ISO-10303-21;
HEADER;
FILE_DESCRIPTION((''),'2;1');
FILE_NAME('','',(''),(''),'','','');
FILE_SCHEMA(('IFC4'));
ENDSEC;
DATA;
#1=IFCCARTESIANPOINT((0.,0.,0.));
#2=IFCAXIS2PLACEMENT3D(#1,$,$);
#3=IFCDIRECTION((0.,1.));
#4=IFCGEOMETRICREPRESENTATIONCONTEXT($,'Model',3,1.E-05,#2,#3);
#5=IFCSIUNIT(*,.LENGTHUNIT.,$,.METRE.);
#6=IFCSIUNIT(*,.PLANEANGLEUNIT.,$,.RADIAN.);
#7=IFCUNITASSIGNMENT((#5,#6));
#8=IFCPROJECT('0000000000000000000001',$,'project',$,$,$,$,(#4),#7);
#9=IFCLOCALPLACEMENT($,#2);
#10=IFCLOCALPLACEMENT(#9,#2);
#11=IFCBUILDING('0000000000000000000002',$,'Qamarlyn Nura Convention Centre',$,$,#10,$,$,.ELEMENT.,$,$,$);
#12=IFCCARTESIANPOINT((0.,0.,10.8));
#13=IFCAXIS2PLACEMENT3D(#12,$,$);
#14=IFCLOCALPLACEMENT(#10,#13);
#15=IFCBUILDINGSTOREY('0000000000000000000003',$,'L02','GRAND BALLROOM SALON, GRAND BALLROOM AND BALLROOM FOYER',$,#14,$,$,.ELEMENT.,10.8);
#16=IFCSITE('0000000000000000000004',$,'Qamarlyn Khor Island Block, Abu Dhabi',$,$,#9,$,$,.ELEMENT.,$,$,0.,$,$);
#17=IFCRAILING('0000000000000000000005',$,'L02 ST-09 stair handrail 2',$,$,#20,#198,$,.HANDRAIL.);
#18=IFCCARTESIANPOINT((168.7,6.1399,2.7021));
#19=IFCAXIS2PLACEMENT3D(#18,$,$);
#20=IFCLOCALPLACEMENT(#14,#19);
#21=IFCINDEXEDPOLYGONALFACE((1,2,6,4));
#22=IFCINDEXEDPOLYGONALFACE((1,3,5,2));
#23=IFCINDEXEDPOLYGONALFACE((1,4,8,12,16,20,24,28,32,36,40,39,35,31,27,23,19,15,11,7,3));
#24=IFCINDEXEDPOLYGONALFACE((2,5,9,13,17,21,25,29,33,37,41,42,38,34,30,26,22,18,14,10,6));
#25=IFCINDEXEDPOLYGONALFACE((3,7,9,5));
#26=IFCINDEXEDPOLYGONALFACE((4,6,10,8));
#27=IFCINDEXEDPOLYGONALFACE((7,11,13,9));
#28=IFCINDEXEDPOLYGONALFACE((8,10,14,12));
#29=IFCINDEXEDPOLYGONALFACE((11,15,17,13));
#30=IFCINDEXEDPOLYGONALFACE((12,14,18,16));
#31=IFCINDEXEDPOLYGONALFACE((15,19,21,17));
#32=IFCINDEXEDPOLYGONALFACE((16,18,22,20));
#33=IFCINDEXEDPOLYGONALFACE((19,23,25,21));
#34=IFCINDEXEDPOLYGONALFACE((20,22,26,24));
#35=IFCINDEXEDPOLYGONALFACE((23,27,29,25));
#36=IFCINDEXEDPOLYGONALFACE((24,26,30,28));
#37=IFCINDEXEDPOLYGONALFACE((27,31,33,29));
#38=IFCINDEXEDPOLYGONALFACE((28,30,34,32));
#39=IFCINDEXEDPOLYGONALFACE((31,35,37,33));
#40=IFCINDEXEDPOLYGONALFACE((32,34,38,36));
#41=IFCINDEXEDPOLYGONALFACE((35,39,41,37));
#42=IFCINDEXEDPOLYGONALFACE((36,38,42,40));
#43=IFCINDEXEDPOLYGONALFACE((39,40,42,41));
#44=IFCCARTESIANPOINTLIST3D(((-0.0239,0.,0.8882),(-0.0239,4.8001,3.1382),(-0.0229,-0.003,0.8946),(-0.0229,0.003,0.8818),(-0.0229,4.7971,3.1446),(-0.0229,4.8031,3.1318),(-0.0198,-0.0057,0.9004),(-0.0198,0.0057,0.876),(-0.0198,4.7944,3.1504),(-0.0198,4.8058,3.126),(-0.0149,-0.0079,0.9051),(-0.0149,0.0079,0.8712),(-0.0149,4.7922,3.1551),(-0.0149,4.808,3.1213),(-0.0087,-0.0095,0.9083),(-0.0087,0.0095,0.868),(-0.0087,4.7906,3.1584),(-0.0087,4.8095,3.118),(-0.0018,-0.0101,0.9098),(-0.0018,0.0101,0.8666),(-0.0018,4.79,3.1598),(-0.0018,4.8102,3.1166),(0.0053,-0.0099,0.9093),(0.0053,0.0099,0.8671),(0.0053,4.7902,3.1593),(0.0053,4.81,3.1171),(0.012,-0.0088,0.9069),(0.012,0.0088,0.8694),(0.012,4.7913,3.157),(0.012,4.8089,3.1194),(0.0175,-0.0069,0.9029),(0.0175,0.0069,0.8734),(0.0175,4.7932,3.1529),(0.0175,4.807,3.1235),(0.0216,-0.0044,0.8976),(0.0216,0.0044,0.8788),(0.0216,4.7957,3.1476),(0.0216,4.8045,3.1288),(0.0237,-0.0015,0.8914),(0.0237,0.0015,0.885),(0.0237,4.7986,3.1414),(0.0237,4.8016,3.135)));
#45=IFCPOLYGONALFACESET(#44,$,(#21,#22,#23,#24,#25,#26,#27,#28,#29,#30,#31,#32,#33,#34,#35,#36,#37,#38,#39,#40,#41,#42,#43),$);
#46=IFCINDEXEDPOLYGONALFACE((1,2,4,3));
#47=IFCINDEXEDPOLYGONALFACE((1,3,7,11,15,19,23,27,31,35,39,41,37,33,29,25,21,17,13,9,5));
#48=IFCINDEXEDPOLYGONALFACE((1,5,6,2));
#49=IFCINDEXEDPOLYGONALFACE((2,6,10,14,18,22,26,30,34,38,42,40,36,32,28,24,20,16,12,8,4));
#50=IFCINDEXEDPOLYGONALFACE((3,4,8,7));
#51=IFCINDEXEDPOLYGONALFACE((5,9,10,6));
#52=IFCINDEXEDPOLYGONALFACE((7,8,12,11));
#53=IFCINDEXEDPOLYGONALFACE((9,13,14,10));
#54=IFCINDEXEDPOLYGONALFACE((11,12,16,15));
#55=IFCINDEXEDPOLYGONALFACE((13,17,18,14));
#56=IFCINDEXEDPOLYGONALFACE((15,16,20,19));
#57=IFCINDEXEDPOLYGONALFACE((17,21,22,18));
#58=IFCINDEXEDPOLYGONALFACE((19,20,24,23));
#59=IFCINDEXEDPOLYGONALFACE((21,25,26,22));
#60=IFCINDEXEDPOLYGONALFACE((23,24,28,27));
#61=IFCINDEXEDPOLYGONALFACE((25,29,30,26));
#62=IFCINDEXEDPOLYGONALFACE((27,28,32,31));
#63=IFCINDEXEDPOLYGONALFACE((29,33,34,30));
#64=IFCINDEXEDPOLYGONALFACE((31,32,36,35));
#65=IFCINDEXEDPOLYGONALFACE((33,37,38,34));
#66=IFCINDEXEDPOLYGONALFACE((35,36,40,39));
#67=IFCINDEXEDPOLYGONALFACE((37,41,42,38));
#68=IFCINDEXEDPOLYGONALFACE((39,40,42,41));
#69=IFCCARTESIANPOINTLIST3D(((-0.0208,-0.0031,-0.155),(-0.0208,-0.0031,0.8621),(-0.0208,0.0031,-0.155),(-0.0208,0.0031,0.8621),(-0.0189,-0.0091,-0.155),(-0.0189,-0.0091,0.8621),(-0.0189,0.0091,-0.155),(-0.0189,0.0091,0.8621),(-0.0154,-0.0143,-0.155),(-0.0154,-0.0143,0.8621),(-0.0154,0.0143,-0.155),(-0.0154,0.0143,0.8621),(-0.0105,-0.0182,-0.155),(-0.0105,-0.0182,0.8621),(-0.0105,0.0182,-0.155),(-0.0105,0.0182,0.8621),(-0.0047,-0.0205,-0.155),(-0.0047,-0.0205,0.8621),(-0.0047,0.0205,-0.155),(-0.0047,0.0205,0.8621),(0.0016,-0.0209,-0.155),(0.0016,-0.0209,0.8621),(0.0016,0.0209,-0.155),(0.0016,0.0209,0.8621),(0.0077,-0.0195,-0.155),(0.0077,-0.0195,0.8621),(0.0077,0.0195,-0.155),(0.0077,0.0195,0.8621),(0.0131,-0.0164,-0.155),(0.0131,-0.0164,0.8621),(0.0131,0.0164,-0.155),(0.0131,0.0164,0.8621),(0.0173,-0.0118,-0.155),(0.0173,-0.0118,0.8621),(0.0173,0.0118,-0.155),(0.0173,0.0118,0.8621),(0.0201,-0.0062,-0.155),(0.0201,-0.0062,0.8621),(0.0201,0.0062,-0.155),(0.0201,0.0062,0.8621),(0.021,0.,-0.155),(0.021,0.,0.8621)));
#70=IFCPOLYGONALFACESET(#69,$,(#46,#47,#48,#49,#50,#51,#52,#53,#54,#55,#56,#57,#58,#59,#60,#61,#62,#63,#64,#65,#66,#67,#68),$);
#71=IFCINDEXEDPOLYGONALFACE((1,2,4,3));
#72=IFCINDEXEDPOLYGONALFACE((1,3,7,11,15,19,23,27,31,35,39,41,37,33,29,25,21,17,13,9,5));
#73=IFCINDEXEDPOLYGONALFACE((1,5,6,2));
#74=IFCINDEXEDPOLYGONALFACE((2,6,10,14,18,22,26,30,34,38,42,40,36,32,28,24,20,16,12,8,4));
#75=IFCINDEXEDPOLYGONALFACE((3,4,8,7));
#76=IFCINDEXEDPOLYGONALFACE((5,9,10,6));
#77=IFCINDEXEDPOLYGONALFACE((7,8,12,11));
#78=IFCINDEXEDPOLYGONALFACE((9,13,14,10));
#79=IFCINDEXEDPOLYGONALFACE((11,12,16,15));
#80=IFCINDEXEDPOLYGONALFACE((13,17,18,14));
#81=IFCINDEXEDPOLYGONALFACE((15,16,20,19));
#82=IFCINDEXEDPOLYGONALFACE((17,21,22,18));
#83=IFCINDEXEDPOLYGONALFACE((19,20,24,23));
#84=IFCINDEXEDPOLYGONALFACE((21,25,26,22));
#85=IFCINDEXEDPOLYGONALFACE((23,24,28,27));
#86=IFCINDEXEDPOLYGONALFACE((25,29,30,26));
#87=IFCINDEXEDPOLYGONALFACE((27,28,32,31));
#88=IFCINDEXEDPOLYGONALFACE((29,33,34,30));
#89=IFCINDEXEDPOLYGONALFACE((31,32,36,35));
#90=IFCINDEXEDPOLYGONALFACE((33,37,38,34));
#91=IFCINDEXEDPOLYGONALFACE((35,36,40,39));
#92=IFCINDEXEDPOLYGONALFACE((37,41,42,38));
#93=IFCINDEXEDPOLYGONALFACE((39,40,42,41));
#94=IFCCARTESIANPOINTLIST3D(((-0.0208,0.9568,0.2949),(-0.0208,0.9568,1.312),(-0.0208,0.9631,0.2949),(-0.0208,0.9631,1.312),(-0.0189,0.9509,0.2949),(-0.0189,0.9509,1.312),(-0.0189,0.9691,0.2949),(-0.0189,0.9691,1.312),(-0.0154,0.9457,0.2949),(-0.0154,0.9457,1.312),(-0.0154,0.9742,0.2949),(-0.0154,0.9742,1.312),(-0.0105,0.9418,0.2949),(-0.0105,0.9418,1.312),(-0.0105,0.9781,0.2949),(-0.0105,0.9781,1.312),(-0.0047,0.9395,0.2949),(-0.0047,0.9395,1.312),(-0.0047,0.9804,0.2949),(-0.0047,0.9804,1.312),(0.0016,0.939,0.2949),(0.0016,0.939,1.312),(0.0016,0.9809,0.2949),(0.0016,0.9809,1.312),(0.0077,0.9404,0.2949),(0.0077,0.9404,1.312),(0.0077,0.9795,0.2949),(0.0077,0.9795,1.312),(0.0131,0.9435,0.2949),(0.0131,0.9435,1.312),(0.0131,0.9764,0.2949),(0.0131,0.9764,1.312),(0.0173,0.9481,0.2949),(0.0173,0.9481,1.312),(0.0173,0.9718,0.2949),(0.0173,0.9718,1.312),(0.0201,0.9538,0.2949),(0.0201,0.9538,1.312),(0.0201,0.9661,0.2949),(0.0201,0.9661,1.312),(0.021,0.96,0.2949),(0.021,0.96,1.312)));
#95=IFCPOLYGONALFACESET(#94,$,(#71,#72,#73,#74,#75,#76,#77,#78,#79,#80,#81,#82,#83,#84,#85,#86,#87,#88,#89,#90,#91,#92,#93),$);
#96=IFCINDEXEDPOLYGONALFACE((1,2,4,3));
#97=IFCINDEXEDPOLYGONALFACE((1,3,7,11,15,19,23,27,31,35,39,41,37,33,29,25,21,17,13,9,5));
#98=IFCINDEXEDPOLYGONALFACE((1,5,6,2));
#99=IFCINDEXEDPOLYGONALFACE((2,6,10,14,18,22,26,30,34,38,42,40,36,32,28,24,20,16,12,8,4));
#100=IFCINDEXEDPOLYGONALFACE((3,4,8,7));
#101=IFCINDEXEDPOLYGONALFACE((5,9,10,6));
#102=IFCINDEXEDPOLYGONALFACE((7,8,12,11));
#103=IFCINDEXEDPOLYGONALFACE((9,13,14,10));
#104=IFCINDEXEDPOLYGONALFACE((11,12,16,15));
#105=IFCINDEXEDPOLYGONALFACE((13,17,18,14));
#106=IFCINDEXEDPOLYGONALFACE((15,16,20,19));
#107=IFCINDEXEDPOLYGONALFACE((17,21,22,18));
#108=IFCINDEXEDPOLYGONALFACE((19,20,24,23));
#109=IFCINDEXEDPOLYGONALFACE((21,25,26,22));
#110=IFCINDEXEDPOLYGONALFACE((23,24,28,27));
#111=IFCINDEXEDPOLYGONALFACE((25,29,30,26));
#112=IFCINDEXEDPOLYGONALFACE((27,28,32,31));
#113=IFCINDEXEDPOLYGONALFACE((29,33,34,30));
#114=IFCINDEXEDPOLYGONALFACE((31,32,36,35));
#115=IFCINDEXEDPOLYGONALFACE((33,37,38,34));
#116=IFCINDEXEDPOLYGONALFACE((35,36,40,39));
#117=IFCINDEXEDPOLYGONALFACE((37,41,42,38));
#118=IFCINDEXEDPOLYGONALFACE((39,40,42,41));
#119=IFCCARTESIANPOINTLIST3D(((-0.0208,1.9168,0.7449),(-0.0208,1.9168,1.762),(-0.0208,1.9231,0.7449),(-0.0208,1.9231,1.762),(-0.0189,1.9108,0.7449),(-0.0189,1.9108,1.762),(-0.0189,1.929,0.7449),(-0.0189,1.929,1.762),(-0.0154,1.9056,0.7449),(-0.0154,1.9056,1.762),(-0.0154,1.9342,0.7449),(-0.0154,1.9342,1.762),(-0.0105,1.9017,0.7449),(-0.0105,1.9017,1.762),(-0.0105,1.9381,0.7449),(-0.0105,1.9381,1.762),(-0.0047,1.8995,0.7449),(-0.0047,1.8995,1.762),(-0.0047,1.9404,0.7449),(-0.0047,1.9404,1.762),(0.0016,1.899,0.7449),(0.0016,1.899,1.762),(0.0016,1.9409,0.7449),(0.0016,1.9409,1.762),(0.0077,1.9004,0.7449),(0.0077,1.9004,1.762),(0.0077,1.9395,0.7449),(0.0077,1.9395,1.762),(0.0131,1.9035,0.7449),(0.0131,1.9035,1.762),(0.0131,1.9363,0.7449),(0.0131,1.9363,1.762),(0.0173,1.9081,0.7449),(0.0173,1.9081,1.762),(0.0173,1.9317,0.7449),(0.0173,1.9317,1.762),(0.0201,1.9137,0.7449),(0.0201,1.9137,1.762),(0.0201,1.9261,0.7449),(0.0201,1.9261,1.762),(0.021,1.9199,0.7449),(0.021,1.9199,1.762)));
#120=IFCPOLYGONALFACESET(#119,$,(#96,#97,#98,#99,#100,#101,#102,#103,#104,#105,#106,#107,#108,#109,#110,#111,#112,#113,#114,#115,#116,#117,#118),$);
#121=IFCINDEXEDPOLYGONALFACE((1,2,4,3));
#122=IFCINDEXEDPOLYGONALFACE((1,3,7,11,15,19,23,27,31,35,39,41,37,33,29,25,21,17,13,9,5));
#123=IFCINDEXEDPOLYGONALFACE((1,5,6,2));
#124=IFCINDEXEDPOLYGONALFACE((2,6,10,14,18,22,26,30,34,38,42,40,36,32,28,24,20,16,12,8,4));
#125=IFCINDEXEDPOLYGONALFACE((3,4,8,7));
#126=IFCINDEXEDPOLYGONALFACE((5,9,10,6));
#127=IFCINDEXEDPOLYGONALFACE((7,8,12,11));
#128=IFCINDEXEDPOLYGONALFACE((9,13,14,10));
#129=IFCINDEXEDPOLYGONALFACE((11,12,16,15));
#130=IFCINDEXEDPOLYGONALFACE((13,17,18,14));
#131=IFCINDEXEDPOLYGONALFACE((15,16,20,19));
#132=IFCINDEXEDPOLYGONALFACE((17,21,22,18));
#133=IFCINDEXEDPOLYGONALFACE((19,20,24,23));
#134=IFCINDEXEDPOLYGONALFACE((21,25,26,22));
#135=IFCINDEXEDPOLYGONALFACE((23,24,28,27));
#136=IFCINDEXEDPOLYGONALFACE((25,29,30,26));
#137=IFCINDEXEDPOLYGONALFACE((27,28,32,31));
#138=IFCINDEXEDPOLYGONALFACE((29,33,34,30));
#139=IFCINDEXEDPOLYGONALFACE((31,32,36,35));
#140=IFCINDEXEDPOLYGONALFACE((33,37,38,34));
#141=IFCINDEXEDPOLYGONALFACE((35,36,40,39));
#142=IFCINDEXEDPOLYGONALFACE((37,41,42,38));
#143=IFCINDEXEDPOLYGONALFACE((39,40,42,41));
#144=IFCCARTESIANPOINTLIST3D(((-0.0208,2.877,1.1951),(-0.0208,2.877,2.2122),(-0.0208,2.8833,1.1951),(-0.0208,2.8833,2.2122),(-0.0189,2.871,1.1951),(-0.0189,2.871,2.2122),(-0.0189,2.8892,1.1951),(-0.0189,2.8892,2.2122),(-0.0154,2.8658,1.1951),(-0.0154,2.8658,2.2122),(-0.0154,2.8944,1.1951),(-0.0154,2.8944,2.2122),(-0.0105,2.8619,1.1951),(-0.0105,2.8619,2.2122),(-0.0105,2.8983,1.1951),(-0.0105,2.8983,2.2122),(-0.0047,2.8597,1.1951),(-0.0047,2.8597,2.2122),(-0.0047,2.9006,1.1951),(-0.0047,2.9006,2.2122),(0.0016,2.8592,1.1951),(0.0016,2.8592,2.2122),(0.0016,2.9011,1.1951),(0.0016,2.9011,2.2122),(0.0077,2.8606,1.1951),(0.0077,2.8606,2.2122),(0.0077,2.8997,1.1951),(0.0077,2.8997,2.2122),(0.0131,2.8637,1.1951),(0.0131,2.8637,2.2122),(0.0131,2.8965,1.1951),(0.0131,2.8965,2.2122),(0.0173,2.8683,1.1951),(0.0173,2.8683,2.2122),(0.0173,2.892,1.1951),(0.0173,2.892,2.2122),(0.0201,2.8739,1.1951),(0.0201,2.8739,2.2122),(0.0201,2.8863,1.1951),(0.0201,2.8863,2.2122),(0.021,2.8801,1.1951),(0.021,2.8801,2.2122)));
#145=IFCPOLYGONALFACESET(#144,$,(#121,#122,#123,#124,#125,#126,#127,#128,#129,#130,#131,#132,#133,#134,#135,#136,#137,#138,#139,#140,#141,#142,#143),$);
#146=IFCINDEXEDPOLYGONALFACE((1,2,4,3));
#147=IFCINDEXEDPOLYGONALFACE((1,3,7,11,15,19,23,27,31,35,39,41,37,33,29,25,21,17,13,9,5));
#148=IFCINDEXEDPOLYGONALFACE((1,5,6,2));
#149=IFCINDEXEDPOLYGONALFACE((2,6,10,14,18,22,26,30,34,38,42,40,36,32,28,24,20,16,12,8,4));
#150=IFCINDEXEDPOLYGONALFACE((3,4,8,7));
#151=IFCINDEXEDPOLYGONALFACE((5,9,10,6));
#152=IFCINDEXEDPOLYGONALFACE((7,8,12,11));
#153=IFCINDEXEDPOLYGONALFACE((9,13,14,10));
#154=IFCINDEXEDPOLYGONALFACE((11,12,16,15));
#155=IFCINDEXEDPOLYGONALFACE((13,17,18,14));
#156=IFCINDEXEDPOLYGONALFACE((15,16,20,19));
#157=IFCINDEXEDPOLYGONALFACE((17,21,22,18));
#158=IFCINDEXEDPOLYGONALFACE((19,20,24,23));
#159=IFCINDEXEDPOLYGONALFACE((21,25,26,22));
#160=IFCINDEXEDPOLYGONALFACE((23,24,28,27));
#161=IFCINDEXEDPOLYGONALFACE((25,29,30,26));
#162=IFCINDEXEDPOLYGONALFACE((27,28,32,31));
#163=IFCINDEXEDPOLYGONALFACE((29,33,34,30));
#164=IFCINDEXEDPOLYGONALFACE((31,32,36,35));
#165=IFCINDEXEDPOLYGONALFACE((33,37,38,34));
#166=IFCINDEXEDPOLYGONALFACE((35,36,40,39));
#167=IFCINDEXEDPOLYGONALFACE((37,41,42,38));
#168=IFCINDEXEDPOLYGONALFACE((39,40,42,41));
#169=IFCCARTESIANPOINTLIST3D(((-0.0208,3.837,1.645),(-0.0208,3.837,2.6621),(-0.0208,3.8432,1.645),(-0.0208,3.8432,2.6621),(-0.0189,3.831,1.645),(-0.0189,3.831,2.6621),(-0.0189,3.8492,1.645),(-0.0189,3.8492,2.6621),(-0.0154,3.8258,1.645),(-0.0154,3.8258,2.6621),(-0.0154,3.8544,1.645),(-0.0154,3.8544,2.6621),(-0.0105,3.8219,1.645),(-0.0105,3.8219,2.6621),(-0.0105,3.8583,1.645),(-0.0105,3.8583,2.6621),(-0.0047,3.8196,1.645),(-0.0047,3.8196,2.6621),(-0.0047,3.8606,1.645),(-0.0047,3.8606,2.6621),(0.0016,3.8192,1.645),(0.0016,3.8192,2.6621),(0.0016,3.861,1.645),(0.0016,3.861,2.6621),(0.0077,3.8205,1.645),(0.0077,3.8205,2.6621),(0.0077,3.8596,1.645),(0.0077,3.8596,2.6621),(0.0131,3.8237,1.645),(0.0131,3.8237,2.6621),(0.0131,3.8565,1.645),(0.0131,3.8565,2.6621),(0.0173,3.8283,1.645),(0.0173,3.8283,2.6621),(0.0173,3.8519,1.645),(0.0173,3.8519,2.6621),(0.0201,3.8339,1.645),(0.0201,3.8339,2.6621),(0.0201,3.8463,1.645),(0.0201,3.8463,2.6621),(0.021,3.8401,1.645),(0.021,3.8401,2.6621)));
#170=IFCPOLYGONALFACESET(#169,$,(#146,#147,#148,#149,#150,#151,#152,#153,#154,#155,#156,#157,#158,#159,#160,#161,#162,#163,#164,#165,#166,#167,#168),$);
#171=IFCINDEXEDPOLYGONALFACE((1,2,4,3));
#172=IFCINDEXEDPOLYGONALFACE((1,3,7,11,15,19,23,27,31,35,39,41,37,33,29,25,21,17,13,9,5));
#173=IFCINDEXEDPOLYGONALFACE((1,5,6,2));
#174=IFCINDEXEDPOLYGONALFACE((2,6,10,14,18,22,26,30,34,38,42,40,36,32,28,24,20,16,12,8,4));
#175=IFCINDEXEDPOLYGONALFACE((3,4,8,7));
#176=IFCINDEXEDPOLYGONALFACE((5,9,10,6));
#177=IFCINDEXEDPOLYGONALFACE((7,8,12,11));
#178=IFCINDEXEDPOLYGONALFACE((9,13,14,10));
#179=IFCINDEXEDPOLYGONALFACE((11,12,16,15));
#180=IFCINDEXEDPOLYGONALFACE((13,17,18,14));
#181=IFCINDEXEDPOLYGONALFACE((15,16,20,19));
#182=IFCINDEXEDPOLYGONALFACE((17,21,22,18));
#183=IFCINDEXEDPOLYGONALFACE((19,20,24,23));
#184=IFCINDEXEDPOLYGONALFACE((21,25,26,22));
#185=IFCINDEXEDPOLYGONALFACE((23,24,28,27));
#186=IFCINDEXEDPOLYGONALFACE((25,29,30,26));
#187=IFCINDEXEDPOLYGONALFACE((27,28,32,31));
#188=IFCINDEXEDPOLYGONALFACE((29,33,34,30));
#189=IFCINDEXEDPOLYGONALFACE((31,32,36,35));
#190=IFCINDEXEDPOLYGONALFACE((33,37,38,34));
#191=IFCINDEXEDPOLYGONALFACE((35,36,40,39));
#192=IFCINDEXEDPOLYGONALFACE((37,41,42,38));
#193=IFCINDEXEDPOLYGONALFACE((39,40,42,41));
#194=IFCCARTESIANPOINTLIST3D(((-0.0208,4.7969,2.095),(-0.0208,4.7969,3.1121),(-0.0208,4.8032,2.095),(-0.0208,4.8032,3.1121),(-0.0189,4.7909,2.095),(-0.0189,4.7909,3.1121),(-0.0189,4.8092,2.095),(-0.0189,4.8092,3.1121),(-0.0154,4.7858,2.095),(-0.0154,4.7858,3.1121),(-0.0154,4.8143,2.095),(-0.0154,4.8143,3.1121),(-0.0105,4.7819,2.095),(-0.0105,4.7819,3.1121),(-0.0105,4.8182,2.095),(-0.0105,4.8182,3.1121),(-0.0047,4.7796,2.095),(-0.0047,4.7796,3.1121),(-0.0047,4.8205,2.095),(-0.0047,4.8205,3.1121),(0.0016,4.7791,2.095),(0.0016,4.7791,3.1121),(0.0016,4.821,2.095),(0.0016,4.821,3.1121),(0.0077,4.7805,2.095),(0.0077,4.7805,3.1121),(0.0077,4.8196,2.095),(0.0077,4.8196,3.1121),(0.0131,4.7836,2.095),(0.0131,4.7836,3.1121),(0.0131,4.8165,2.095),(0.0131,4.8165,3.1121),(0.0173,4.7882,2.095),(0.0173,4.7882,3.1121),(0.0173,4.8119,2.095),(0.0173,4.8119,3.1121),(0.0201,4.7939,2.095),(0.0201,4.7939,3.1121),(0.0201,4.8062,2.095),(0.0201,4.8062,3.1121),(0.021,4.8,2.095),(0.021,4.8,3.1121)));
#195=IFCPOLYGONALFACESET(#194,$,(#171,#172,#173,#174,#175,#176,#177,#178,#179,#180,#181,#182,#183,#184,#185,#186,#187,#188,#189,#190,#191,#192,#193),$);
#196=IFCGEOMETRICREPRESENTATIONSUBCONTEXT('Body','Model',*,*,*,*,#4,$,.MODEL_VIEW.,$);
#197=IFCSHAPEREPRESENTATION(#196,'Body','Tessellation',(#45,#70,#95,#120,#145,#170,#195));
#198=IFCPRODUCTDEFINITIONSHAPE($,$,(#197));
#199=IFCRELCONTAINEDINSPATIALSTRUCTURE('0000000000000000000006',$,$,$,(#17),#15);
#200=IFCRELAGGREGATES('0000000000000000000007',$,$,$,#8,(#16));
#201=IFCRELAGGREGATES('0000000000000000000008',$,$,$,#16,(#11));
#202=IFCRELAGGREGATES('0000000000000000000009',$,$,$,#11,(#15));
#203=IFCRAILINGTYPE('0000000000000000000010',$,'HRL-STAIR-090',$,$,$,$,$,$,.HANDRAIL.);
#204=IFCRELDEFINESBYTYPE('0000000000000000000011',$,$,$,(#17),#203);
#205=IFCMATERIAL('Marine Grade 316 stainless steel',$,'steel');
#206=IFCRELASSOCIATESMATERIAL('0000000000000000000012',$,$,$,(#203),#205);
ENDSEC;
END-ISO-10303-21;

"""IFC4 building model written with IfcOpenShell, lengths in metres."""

from ifc_helpers import new_model, si_unit, direction, frame, origin, origin_2d, place, context, subcontext, project, spatial, circle, extrude, material, type_object, element, save


model = new_model("IFC4")

# Units and contexts
model_context = context("Model", 3, precision=1e-05, world=origin(), true_north=direction((0.0, 1.0)))
body_context = subcontext(model_context, "Body", "Model", "MODEL_VIEW")
ifc_project = project(units=[si_unit("LENGTHUNIT", "METRE"), si_unit("PLANEANGLEUNIT", "RADIAN")], contexts=[model_context])

# Site, building, storey
site_placement = place(None, origin())
site = spatial("IfcSite", under=ifc_project, at=site_placement, Name="Qamarlyn Khor Island Block, Abu Dhabi", CompositionType="ELEMENT", RefElevation=0.0)
building_placement = place(site_placement, origin())
building = spatial("IfcBuilding", under=site, at=building_placement, Name="Qamarlyn Nura Convention Centre", CompositionType="ELEMENT")
storey_placement = place(building_placement, frame((0.0, 0.0, 10.8)))
storey = spatial("IfcBuildingStorey", under=building, at=storey_placement, Name="L02", Description="GRAND BALLROOM SALON, GRAND BALLROOM AND BALLROOM FOYER", CompositionType="ELEMENT", Elevation=10.8)

# Railing
ifc_material_1 = material(Name="Marine Grade 316 stainless steel", Category="steel")
railing_type_1 = type_object("IfcRailingType", Name="HRL-STAIR-090", PredefinedType="HANDRAIL", material=ifc_material_1)
railing_1_placement = place(storey_placement, frame((168.7, 6.1399, 2.7021)))
element("IfcRailing", 1, at=railing_1_placement, inside=storey, type_object=railing_type_1, Name="L02 ST-09 stair handrail 2", PredefinedType="HANDRAIL", context=body_context, shape_type="SweptSolid", body=[
    extrude(circle(Radius=0.0239, at=origin_2d()), frame((0.0, 0.0, 0.8882), z_axis=(0.0, 0.905461, 0.42443), x_axis=(-1.0, 0.0, 0.0)), (0.0, 0.0, 1.0), 5.3013),
    extrude(circle(Radius=0.021, at=origin_2d()), frame((0.0, 0.0, -0.155)), (0.0, 0.0, 1.0), 1.0171),
    extrude(circle(Radius=0.021, at=origin_2d()), frame((0.0, 0.96, 0.2949)), (0.0, 0.0, 1.0), 1.0171),
    extrude(circle(Radius=0.021, at=origin_2d()), frame((0.0, 1.9199, 0.7449)), (0.0, 0.0, 1.0), 1.0171),
    extrude(circle(Radius=0.021, at=origin_2d()), frame((0.0, 2.8801, 1.1951)), (0.0, 0.0, 1.0), 1.0171),
    extrude(circle(Radius=0.021, at=origin_2d()), frame((0.0, 3.8401, 1.645)), (0.0, 0.0, 1.0), 1.0171),
    extrude(circle(Radius=0.021, at=origin_2d()), frame((0.0, 4.8, 2.095)), (0.0, 0.0, 1.0), 1.0171),
])

save(model, "model.ifc")
